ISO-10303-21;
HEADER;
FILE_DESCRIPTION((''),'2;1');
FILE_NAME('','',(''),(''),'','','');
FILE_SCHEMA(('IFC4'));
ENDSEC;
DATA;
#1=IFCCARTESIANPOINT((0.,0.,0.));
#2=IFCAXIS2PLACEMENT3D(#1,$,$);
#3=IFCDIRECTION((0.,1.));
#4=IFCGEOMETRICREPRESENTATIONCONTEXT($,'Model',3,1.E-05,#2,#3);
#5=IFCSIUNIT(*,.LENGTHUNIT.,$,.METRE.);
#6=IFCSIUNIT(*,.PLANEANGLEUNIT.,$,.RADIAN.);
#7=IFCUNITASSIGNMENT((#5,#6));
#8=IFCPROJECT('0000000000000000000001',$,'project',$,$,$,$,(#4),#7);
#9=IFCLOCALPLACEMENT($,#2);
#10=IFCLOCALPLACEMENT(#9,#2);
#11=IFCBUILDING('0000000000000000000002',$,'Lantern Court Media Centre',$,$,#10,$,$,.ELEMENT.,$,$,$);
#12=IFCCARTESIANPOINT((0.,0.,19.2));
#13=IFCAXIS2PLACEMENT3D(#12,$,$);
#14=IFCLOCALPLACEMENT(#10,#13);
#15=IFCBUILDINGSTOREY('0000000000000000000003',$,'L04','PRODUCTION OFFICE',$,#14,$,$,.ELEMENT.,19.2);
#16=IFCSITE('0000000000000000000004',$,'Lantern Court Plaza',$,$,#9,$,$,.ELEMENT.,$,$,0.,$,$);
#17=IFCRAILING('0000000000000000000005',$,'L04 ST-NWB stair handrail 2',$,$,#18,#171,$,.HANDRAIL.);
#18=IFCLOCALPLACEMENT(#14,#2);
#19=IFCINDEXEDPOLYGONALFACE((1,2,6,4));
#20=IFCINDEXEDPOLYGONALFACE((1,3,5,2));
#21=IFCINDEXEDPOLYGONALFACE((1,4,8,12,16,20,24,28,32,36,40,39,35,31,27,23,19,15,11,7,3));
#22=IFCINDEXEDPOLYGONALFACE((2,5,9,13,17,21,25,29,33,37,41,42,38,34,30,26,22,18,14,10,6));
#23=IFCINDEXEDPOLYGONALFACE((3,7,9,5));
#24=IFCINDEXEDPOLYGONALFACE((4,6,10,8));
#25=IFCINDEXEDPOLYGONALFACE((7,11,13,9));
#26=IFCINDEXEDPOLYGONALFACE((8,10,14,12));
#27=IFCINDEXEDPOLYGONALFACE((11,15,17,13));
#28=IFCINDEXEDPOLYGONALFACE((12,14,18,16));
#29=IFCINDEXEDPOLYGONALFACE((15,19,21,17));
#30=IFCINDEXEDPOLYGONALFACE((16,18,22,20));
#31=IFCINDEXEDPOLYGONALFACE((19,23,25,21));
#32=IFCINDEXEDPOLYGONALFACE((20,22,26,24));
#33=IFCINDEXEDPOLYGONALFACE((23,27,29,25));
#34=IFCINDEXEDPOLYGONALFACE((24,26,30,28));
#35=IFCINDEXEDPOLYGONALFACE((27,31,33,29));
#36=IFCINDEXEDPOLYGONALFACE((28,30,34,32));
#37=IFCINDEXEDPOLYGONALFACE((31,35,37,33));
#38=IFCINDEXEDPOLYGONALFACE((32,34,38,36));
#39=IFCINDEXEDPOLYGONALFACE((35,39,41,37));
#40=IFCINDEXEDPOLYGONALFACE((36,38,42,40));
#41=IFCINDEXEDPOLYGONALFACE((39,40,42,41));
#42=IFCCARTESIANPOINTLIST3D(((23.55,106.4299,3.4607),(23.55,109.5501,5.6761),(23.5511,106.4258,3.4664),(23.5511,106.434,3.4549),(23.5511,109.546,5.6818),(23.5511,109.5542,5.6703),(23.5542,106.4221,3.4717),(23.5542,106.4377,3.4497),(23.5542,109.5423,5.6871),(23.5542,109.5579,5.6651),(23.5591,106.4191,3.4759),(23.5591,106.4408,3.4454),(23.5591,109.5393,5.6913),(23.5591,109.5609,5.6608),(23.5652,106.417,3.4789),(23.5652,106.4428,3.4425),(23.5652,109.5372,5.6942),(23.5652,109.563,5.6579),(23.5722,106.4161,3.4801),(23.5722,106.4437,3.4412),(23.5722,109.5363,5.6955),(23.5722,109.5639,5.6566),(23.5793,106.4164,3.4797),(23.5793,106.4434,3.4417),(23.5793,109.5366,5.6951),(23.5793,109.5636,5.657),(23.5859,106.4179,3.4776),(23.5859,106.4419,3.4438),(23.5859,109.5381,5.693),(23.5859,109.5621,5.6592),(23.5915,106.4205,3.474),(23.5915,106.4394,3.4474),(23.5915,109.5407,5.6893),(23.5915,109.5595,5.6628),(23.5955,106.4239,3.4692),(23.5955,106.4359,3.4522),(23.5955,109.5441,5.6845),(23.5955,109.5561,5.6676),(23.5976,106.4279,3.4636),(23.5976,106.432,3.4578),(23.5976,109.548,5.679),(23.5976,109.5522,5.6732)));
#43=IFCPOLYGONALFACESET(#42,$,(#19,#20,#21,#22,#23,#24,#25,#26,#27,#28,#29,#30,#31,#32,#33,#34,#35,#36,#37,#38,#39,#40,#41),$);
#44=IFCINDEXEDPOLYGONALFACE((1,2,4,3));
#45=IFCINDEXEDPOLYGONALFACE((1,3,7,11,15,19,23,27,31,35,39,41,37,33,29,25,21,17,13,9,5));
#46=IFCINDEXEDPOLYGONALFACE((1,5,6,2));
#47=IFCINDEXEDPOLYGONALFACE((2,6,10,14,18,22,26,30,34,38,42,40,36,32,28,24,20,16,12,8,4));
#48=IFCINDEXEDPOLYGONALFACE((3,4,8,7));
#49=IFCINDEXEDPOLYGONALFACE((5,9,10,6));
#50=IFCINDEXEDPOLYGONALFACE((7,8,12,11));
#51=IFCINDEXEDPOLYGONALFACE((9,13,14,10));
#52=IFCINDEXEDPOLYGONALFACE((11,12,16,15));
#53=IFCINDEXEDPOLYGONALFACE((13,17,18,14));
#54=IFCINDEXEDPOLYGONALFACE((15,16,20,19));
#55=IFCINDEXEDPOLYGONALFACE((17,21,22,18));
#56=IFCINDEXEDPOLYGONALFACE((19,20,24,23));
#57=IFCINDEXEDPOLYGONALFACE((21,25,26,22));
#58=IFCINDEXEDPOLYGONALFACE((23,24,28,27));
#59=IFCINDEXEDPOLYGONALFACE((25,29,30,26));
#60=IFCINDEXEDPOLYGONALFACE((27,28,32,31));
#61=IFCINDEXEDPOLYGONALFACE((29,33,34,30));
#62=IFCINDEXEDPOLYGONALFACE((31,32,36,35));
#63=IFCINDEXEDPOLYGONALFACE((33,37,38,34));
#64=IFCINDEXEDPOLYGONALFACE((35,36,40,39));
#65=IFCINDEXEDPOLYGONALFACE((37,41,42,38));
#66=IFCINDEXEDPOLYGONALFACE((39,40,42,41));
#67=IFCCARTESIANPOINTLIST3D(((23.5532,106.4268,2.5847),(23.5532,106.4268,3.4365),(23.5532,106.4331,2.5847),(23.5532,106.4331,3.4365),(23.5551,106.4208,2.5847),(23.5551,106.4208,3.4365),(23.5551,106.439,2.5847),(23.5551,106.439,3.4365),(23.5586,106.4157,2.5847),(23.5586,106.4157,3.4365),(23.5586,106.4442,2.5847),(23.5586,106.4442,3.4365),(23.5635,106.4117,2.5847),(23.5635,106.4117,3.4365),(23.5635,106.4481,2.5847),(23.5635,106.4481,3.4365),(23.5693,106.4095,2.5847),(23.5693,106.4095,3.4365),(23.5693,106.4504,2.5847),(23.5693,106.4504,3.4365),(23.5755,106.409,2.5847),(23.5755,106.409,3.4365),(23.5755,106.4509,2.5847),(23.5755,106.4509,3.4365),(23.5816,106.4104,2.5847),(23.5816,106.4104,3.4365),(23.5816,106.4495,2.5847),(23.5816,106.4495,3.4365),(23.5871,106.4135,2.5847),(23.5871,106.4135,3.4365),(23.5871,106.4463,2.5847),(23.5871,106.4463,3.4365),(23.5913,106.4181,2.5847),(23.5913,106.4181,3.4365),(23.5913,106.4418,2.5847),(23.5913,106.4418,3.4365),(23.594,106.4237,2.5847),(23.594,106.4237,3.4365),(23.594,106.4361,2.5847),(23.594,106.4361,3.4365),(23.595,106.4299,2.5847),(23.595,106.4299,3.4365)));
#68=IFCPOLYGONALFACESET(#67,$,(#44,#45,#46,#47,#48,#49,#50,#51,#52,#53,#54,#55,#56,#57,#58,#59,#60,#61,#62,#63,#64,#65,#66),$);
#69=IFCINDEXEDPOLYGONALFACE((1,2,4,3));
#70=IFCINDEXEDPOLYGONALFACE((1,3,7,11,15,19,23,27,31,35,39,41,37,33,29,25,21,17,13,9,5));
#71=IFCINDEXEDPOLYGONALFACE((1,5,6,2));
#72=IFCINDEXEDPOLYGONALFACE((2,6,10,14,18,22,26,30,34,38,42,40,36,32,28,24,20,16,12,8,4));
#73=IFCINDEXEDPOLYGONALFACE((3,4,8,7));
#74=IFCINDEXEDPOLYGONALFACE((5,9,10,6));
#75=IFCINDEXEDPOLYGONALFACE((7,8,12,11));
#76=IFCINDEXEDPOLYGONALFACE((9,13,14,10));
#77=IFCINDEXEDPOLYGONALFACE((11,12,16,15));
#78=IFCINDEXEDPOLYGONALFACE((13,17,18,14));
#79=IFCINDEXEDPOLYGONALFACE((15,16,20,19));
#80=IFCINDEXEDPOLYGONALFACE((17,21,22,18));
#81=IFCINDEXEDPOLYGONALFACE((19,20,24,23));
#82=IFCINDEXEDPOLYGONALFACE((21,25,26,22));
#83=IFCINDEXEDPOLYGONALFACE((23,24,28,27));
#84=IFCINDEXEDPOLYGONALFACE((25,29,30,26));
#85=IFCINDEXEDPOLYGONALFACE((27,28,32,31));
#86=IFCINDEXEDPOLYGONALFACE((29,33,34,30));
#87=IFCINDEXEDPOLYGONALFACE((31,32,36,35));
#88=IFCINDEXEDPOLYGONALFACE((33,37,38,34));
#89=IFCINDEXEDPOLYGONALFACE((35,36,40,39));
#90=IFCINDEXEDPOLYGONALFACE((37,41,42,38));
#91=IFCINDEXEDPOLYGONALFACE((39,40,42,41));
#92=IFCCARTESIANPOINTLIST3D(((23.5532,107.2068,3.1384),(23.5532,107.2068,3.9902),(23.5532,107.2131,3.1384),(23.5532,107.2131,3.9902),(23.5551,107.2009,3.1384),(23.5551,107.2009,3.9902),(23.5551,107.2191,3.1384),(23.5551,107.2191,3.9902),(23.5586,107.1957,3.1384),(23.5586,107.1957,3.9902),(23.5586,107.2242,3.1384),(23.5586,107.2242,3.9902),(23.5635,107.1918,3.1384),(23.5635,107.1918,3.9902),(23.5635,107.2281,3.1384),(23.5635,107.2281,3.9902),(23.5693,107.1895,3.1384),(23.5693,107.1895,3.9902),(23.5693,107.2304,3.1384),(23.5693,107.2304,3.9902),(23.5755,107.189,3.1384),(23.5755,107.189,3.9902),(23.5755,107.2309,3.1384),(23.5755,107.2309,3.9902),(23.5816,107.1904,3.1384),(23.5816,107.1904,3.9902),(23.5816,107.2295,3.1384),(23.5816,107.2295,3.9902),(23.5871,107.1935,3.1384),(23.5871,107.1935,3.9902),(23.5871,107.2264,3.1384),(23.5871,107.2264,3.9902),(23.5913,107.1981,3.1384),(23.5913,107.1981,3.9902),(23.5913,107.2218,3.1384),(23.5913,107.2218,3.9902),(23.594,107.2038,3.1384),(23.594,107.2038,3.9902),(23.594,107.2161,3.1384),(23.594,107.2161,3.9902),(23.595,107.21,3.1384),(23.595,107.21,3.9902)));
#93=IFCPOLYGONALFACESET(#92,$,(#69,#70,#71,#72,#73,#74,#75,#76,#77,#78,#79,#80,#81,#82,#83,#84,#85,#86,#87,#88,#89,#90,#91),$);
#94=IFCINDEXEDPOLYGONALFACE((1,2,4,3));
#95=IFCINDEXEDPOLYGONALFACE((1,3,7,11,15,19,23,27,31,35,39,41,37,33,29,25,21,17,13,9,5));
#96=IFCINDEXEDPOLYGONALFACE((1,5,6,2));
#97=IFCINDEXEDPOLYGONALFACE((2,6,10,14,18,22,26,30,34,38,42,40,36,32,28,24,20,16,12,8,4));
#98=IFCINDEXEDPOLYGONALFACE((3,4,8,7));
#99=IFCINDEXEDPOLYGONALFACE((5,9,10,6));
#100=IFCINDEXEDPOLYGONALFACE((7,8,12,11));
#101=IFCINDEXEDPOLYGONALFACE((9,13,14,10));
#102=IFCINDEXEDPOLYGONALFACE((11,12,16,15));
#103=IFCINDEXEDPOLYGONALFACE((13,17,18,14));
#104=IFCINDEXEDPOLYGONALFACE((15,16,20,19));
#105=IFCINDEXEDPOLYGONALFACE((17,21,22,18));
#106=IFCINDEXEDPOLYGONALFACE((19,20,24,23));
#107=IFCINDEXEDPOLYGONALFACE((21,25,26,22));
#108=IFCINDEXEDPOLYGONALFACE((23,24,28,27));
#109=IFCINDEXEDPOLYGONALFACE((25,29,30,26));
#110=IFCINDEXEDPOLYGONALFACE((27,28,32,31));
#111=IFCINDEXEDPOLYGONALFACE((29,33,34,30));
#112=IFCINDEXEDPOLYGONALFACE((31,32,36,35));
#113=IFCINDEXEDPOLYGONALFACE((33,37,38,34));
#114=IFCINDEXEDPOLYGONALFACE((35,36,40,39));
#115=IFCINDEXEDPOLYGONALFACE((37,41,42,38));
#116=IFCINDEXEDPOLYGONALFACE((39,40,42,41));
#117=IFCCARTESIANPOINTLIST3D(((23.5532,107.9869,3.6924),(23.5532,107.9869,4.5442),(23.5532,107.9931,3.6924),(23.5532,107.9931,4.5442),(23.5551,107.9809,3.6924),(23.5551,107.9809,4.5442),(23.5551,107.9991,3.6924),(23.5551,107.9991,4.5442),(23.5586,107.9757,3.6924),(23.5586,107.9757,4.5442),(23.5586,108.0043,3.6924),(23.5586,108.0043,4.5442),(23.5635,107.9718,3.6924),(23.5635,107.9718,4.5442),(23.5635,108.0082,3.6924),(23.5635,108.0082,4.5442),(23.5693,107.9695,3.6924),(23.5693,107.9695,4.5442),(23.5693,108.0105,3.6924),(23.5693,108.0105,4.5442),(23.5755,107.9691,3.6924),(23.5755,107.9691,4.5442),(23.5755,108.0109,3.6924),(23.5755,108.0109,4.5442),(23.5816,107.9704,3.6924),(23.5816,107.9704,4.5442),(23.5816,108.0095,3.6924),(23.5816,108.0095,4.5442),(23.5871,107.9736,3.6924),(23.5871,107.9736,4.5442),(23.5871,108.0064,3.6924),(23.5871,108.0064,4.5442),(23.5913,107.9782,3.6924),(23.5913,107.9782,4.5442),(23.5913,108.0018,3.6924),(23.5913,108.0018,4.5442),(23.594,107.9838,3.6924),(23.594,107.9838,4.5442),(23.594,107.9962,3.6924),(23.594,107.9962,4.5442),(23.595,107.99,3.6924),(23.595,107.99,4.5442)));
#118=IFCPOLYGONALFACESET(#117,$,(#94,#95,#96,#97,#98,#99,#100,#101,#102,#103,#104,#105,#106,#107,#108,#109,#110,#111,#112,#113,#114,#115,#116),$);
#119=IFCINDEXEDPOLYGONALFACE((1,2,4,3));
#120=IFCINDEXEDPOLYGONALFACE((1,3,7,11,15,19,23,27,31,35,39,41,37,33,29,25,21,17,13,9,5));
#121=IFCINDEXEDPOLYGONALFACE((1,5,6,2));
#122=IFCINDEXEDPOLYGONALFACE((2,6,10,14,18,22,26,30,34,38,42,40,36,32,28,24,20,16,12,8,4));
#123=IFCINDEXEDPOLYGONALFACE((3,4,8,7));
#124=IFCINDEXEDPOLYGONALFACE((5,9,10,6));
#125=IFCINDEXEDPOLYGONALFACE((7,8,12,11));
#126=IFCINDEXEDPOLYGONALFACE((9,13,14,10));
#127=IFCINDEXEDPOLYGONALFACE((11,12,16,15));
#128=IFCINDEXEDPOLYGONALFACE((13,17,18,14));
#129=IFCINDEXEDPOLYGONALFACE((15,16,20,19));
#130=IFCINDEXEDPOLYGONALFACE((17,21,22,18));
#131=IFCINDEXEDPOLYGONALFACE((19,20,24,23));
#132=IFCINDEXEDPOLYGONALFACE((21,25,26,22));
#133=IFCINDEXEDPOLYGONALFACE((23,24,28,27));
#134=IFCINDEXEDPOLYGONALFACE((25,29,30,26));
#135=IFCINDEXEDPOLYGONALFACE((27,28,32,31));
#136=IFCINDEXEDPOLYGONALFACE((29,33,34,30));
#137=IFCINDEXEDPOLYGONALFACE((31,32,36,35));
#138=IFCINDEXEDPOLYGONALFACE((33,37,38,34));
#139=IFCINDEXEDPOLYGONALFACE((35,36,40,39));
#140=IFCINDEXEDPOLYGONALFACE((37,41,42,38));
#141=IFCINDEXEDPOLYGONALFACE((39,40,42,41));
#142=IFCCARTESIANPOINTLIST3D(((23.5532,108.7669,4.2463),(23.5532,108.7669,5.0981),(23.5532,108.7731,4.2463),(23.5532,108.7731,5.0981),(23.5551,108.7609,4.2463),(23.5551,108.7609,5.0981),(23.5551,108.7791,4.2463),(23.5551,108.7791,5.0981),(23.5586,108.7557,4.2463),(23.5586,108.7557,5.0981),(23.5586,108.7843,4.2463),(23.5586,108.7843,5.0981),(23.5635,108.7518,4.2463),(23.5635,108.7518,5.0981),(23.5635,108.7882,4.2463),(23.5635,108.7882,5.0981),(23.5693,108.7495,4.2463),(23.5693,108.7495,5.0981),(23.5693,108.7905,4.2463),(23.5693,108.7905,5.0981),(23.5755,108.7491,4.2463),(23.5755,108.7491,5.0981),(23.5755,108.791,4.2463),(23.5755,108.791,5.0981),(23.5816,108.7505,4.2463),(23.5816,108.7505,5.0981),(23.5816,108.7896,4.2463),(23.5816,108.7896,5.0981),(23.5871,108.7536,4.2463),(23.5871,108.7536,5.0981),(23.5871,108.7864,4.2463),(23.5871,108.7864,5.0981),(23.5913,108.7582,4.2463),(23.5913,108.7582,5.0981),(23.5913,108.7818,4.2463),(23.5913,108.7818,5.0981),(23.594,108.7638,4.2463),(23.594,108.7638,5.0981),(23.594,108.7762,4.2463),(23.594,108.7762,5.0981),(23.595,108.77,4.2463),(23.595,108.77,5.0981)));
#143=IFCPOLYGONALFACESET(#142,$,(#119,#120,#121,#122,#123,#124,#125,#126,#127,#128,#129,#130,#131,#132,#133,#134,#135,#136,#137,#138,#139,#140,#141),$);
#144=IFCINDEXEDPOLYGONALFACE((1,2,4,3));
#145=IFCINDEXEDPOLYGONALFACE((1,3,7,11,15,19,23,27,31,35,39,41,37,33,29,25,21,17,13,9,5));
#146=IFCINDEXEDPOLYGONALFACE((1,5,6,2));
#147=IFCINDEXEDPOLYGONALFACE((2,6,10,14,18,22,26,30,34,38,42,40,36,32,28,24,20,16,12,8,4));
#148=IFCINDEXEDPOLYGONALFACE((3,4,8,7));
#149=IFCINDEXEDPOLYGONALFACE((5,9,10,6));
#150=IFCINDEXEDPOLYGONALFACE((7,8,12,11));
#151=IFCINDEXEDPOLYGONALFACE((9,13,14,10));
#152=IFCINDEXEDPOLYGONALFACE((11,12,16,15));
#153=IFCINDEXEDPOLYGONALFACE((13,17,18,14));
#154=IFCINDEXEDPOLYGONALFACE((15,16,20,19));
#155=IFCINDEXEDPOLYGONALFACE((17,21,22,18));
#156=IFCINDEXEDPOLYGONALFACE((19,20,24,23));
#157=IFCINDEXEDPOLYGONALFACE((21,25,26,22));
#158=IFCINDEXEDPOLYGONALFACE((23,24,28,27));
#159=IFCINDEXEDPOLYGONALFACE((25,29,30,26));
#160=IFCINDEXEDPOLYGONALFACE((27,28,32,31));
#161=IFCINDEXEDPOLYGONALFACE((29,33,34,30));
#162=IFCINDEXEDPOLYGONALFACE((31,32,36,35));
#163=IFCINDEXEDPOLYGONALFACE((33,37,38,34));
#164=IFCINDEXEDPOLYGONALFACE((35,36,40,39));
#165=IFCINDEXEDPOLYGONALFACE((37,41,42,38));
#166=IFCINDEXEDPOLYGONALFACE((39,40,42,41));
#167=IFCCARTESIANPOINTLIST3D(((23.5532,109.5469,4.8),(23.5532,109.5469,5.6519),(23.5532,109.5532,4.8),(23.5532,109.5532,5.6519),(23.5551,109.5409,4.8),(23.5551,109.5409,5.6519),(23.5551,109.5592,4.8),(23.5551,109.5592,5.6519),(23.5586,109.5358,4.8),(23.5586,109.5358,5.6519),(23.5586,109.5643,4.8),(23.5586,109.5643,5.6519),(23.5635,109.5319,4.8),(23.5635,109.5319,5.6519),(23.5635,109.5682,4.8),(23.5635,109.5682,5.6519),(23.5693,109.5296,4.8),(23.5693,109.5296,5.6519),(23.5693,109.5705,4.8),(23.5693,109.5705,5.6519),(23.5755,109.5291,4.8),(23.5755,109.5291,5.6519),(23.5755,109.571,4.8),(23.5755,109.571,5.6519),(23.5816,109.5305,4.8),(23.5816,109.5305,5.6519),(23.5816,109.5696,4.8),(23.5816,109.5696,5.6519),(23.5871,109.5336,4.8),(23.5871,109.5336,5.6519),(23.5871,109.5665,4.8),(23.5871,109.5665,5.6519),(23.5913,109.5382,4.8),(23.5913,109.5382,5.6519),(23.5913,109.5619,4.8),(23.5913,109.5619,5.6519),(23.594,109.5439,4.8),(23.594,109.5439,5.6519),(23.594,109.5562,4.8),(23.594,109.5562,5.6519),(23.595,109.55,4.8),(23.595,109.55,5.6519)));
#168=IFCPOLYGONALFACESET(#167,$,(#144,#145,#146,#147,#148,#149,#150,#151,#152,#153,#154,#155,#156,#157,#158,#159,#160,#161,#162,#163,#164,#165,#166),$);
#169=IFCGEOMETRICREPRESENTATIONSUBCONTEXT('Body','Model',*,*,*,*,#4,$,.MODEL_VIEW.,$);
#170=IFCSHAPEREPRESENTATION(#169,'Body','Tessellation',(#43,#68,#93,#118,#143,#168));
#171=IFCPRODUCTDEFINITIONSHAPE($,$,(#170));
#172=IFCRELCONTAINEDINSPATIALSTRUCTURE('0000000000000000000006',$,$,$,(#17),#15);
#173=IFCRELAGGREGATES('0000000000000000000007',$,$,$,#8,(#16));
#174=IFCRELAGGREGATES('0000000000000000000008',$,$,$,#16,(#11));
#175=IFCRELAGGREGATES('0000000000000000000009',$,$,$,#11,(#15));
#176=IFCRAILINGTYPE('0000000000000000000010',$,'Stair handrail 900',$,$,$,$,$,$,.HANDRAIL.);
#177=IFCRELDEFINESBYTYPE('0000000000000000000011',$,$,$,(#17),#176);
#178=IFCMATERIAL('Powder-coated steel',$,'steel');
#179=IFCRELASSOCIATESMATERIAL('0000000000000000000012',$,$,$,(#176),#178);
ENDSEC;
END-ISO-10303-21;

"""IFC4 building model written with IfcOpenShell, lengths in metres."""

from ifc_helpers import new_model, si_unit, direction, frame, origin, origin_2d, place, context, subcontext, project, spatial, circle, extrude, material, type_object, element, save


model = new_model("IFC4")

# Units and contexts
model_context = context("Model", 3, precision=1e-05, world=origin(), true_north=direction((0.0, 1.0)))
body_context = subcontext(model_context, "Body", "Model", "MODEL_VIEW")
ifc_project = project(units=[si_unit("LENGTHUNIT", "METRE"), si_unit("PLANEANGLEUNIT", "RADIAN")], contexts=[model_context])

# Site, building, storey
site_placement = place(None, origin())
site = spatial("IfcSite", under=ifc_project, at=site_placement, Name="Lantern Court Plaza", CompositionType="ELEMENT", RefElevation=0.0)
building_placement = place(site_placement, origin())
building = spatial("IfcBuilding", under=site, at=building_placement, Name="Lantern Court Media Centre", CompositionType="ELEMENT")
storey_placement = place(building_placement, frame((0.0, 0.0, 19.2)))
storey = spatial("IfcBuildingStorey", under=building, at=storey_placement, Name="L04", Description="PRODUCTION OFFICE", CompositionType="ELEMENT", Elevation=19.2)

# Shared definitions
ifc_material_1 = material(Name="Powder-coated steel", Category="steel")

# Railing
railing_type_1 = type_object("IfcRailingType", Name="Stair handrail 900", PredefinedType="HANDRAIL", material=ifc_material_1)
railing_1_placement = place(storey_placement, frame((23.574, 106.4299, 2.5847)))
element("IfcRailing", 1, at=railing_1_placement, inside=storey, type_object=railing_type_1, Name="L04 ST-NWB stair handrail 2", PredefinedType="HANDRAIL", context=body_context, shape_type="SweptSolid", body=[
    extrude(circle(Radius=0.0239, at=origin_2d()), frame((0.0, 0.0, 0.876), z_axis=(0.0, 0.815377, 0.57893), x_axis=(-1.0, 0.0, 0.0)), (0.0, 0.0, 1.0), 3.8267),
    extrude(circle(Radius=0.021, at=origin_2d()), origin(), (0.0, 0.0, 1.0), 0.8518),
    extrude(circle(Radius=0.021, at=origin_2d()), frame((0.0, 0.78, 0.5537)), (0.0, 0.0, 1.0), 0.8518),
    extrude(circle(Radius=0.021, at=origin_2d()), frame((0.0, 1.5601, 1.1077)), (0.0, 0.0, 1.0), 0.8518),
    extrude(circle(Radius=0.021, at=origin_2d()), frame((0.0, 2.3401, 1.6616)), (0.0, 0.0, 1.0), 0.8518),
    extrude(circle(Radius=0.021, at=origin_2d()), frame((0.0, 3.1201, 2.2153)), (0.0, 0.0, 1.0), 0.8518),
])

save(model, "model.ifc")
